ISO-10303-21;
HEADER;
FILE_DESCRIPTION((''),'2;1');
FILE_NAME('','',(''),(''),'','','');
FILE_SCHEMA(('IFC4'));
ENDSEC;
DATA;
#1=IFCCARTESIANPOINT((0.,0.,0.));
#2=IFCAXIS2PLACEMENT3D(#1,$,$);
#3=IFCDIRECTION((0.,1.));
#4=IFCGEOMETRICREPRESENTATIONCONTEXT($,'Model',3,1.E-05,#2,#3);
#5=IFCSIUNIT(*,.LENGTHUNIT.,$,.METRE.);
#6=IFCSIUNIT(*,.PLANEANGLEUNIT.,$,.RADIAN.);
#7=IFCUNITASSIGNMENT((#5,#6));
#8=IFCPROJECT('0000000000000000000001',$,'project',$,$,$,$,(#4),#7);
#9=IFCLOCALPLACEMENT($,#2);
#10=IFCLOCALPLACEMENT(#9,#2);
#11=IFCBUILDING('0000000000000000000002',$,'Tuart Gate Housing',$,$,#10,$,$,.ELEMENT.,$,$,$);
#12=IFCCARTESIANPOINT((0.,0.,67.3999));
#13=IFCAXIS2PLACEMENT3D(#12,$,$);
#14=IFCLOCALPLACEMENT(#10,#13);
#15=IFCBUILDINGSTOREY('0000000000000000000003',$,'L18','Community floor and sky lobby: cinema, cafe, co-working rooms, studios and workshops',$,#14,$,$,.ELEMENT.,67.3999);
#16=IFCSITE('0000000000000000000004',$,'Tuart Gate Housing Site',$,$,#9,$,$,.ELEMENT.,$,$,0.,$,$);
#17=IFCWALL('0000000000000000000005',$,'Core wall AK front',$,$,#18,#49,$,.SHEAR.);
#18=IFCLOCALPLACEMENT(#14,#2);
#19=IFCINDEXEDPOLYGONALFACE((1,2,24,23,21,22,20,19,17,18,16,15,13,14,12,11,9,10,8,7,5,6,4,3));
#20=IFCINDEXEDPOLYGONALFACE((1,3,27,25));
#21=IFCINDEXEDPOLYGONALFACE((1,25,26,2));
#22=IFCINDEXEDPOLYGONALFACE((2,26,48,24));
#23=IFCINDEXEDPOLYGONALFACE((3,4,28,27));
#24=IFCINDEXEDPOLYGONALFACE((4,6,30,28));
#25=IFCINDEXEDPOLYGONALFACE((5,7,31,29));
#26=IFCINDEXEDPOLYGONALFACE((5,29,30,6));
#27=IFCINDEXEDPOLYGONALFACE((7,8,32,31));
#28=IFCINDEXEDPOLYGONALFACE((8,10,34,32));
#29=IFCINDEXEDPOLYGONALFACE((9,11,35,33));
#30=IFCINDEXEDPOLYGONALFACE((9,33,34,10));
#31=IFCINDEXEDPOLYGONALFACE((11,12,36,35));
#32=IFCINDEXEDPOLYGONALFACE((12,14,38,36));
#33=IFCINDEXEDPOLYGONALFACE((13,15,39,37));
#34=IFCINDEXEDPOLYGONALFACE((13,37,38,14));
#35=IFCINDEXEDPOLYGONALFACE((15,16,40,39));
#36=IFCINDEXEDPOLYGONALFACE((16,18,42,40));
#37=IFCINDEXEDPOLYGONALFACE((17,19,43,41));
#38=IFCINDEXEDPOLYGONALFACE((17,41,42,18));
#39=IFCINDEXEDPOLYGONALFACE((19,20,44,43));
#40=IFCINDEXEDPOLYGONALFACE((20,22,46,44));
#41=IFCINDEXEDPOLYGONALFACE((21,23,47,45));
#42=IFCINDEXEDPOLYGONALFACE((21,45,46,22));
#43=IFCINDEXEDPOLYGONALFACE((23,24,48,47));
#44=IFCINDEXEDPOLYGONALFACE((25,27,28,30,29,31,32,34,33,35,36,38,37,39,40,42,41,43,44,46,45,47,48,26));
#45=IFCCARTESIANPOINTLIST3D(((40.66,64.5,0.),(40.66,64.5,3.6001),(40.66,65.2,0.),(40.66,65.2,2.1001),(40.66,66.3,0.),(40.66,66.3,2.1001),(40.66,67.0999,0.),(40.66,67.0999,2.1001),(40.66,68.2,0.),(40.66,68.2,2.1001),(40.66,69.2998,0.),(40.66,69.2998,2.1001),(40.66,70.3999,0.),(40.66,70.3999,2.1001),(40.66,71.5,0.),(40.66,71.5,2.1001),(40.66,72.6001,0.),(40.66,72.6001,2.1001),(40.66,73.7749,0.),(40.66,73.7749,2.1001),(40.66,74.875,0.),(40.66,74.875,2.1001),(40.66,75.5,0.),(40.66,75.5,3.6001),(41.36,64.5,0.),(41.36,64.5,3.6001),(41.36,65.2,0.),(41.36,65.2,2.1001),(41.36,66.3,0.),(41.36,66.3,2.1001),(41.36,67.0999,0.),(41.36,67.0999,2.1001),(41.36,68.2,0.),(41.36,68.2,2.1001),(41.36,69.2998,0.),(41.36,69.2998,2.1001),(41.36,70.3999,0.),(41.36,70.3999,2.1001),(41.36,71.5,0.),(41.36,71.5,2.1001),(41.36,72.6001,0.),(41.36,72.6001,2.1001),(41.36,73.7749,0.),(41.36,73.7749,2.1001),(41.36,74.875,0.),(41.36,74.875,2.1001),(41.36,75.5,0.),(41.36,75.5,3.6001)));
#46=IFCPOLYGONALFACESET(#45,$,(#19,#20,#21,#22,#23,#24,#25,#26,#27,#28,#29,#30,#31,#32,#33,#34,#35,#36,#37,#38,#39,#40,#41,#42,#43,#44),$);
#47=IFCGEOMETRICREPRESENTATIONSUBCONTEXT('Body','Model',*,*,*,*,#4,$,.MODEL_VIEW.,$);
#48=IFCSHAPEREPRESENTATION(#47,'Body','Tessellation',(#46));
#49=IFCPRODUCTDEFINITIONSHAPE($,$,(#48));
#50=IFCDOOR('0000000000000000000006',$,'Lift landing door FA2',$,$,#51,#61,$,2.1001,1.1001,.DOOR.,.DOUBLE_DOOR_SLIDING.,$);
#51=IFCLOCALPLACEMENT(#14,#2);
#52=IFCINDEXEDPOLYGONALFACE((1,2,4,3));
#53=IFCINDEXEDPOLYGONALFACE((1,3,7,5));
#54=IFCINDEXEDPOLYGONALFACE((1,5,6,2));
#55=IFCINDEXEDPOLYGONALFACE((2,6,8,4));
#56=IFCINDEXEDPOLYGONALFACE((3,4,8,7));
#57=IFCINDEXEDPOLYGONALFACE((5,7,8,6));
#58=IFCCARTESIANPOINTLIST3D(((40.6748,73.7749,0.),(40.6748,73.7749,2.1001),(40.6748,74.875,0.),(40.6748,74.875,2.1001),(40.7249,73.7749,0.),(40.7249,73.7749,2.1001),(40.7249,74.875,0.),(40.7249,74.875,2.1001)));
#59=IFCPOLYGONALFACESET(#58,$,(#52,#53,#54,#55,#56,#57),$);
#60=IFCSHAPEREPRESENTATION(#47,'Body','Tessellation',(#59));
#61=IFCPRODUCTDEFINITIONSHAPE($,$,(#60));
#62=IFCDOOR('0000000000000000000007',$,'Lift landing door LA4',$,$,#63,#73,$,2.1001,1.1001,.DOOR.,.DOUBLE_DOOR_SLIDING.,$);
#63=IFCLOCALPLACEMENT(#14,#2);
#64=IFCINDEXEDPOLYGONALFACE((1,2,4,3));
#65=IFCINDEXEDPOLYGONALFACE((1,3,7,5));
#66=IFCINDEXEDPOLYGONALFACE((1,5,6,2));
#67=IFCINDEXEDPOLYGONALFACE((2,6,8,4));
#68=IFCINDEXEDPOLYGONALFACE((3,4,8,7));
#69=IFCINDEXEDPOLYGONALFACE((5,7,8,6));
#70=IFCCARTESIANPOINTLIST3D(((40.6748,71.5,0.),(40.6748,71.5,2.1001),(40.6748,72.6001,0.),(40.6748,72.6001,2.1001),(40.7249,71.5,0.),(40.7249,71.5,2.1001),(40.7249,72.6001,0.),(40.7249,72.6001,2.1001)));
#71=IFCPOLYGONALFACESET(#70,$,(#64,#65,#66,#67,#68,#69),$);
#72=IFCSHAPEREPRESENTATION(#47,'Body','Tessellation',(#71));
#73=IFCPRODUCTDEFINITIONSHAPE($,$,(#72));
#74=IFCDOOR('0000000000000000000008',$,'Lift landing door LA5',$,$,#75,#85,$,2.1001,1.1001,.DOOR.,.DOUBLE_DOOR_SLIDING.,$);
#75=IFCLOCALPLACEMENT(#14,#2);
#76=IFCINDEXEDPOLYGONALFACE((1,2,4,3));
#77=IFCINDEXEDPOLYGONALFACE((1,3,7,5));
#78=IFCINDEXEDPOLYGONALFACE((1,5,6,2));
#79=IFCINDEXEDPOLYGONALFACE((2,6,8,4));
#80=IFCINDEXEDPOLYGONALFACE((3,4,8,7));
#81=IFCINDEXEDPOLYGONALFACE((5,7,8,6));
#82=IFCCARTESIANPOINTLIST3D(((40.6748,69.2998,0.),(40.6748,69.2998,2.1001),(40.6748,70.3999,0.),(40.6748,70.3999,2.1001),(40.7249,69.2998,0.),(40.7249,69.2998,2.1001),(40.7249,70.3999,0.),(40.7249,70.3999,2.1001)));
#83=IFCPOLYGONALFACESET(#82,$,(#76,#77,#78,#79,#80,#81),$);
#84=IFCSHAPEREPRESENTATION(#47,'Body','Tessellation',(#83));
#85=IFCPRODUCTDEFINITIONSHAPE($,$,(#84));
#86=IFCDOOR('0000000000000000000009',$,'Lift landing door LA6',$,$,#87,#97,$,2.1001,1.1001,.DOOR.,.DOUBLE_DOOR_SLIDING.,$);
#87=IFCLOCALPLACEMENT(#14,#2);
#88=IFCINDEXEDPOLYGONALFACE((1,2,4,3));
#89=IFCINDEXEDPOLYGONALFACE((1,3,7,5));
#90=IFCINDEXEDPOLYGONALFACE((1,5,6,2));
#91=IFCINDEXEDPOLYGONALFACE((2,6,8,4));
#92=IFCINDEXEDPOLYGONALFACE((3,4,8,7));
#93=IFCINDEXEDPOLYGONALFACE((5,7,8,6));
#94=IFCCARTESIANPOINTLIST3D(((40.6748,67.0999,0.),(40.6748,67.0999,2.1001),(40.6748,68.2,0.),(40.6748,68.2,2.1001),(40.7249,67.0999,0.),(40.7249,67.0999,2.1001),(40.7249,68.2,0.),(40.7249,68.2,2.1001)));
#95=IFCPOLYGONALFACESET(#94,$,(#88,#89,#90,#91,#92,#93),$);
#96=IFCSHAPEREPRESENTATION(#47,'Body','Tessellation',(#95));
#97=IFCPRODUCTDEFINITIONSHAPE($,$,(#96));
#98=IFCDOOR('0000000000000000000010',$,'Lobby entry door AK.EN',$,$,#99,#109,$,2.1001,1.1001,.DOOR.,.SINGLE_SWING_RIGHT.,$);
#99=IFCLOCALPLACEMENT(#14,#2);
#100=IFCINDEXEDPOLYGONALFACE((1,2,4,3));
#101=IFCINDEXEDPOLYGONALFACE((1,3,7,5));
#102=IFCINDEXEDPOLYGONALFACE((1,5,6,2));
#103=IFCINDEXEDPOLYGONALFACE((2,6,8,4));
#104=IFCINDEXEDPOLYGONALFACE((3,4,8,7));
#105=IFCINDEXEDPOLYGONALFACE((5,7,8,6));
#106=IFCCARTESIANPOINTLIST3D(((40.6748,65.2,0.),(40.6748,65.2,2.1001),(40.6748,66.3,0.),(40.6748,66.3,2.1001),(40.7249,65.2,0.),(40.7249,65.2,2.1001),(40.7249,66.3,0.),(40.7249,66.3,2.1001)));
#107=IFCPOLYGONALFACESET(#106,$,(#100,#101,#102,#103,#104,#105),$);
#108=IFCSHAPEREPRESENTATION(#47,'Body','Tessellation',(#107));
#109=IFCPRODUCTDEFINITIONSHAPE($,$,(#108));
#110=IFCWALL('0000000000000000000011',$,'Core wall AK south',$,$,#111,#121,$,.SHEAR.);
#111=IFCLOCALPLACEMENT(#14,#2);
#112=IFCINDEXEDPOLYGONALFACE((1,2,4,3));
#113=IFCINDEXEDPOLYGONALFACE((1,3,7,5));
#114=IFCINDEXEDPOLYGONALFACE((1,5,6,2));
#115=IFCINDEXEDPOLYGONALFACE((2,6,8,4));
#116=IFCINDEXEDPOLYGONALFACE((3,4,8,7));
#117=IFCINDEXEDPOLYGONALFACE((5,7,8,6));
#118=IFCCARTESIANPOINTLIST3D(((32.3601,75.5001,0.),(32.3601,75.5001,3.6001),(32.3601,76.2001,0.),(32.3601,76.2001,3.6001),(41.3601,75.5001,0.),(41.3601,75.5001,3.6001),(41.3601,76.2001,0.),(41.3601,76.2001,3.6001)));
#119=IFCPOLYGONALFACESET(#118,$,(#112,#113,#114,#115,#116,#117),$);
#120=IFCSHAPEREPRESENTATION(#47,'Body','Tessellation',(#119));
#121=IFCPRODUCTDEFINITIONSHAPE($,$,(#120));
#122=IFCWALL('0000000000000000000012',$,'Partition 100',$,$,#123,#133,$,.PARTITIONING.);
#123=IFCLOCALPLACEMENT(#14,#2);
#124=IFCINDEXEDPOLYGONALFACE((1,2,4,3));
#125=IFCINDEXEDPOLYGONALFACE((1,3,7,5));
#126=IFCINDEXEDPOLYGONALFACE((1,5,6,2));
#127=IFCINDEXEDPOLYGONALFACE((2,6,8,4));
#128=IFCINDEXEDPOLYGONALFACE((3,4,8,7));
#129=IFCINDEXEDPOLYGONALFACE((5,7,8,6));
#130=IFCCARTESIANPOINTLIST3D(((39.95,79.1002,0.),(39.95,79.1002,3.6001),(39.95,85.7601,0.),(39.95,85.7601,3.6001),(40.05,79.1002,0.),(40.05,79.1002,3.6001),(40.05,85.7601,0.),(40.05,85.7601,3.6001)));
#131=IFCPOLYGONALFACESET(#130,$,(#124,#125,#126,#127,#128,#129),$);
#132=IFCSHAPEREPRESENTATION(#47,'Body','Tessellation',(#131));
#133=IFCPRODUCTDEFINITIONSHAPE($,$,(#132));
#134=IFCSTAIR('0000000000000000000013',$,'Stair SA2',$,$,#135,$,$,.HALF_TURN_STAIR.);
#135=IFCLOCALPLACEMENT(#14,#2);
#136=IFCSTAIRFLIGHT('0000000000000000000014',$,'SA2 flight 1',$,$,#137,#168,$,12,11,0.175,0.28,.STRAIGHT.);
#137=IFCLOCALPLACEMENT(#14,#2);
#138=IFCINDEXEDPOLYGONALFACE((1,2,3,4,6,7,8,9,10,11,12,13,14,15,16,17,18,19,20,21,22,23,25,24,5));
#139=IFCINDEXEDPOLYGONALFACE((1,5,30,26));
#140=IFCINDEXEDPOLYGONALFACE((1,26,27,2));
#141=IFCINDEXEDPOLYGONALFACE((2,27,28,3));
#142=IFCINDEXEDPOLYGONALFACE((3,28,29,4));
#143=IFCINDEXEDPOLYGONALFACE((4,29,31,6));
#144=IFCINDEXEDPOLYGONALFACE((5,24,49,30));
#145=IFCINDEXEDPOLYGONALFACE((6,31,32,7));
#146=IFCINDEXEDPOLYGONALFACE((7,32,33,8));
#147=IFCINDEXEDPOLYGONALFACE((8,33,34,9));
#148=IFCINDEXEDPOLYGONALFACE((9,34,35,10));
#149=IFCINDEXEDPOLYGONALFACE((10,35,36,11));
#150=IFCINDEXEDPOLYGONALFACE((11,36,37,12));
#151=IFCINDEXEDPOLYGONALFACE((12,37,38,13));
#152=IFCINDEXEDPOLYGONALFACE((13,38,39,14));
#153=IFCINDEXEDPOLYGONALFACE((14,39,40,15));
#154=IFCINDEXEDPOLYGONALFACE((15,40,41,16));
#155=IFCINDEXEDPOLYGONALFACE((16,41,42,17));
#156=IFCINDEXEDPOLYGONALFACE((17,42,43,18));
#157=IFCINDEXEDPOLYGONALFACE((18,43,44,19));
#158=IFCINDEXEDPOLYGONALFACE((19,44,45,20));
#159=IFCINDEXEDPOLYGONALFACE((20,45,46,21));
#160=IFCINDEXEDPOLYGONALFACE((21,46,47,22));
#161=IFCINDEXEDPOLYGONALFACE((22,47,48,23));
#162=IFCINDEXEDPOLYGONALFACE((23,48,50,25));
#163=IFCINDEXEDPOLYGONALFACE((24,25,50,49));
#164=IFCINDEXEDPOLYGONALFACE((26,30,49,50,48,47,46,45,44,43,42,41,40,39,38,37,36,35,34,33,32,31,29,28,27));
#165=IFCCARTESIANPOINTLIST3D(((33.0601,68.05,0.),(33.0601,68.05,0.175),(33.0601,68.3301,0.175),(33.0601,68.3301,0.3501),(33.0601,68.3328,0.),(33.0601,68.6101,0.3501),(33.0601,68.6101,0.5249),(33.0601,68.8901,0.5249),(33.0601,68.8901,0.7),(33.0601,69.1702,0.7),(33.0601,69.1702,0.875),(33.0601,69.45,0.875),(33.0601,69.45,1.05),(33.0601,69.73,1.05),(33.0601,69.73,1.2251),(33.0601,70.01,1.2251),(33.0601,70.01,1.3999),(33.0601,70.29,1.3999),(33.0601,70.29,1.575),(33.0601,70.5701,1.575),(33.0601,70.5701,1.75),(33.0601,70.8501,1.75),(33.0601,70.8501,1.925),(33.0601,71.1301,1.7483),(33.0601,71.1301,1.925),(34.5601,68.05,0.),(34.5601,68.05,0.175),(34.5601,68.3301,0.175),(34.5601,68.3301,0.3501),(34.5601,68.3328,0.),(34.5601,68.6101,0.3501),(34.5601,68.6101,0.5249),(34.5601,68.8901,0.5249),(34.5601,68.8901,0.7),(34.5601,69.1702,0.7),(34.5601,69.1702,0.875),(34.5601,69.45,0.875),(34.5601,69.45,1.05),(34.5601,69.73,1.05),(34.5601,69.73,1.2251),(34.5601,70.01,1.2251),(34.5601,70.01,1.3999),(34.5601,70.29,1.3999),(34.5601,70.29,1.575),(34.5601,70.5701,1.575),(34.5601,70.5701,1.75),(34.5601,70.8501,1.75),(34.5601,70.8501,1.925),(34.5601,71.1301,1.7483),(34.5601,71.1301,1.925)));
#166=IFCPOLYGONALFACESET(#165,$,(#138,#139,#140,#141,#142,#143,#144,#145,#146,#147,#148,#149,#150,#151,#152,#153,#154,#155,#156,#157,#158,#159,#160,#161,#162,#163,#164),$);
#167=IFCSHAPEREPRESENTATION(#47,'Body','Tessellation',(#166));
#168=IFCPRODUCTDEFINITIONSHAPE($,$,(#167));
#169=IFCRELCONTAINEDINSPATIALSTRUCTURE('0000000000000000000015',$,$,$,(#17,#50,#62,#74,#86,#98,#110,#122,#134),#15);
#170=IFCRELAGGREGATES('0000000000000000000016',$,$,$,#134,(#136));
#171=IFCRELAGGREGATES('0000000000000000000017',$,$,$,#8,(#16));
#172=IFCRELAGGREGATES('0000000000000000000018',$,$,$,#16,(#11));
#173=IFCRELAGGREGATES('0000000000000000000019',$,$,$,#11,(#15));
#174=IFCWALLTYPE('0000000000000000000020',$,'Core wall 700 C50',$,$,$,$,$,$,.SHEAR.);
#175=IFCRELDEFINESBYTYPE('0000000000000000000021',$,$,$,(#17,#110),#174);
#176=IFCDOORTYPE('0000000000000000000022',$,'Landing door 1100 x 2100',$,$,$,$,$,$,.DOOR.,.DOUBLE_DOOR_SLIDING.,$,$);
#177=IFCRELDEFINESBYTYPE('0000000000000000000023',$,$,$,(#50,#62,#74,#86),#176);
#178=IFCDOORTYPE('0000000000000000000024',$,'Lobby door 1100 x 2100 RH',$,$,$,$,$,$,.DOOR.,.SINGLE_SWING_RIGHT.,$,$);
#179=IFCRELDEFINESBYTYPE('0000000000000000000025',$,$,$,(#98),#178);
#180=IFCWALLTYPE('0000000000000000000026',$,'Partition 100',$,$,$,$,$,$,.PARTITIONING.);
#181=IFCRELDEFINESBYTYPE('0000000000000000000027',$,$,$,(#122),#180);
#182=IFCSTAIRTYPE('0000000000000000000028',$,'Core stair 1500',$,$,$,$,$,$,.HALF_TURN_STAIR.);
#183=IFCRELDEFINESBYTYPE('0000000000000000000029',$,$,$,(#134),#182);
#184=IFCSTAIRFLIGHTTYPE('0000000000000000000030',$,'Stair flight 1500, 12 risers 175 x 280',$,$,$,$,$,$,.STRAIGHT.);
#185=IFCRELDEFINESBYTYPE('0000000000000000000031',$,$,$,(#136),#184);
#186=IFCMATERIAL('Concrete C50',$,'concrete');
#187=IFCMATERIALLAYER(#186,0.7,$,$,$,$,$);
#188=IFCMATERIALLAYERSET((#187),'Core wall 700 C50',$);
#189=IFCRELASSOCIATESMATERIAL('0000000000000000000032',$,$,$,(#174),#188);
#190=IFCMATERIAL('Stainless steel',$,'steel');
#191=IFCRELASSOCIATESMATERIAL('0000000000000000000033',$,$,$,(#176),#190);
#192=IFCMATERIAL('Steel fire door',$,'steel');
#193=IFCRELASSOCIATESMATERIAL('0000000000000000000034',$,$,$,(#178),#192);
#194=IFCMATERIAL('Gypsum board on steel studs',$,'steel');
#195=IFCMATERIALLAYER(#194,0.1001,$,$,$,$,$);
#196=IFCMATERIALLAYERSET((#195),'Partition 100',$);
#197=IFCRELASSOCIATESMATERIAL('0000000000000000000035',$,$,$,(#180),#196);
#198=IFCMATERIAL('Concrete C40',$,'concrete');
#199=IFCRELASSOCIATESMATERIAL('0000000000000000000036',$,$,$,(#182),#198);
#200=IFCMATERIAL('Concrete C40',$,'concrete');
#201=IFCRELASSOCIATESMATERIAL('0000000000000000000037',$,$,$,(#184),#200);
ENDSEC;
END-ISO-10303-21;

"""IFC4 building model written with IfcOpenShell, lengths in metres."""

from ifc_helpers import new_model, si_unit, direction, frame, frame_2d, origin, place, context, subcontext, project, spatial, polyline, rectangle, outline, extrude, material, layer, layer_set, type_object, element, fill, aggregate, save


model = new_model("IFC4")

# Units and contexts
model_context = context("Model", 3, precision=1e-05, world=origin(), true_north=direction((0.0, 1.0)))
body_context = subcontext(model_context, "Body", "Model", "MODEL_VIEW")
ifc_project = project(units=[si_unit("LENGTHUNIT", "METRE"), si_unit("PLANEANGLEUNIT", "RADIAN")], contexts=[model_context])

# Site, building, storey
site_placement = place(None, origin())
site = spatial("IfcSite", under=ifc_project, at=site_placement, Name="Tuart Gate Housing Site", CompositionType="ELEMENT", RefElevation=0.0)
building_placement = place(site_placement, origin())
building = spatial("IfcBuilding", under=site, at=building_placement, Name="Tuart Gate Housing", CompositionType="ELEMENT")
storey_placement = place(building_placement, frame((0.0, 0.0, 67.3999)))
storey = spatial("IfcBuildingStorey", under=building, at=storey_placement, Name="L18", Description="Community floor and sky lobby: cinema, cafe, co-working rooms, studios and workshops", CompositionType="ELEMENT", Elevation=67.3999)

# Wall, openings, doors
ifc_material_1 = material(Name="Concrete C50", Category="concrete")
ifc_layer_1 = layer(ifc_material_1, 0.7)
ifc_layer_set_1 = layer_set([ifc_layer_1], Name="Core wall 700 C50")
wall_type_1 = type_object("IfcWallType", Name="Core wall 700 C50", PredefinedType="SHEAR", material=ifc_layer_set_1)
wall_1_placement = place(storey_placement, frame((41.01, 75.5, 0.0), z_axis=(0.0, 0.0, 1.0), x_axis=(0.0, -1.0, 0.0)))
wall_1 = element("IfcWall", 1, at=wall_1_placement, inside=storey, type_object=wall_type_1, Name="Core wall AK front", PredefinedType="SHEAR", context=body_context, shape_type="SweptSolid", body=[
    extrude(rectangle(XDim=11.0, YDim=0.7, at=frame_2d((5.5, 0.0))), origin(), (0.0, 0.0, 1.0), 3.6001),
])
opening_1_placement = place(wall_1_placement, frame((0.625, 0.0, 0.0)))
opening_1 = element("IfcOpeningElement", 2, at=opening_1_placement, cuts=wall_1, PredefinedType="OPENING", context=body_context, shape_type="SweptSolid", body=[
    extrude(rectangle(XDim=1.1001, YDim=2.1001, at=frame_2d((0.55, 1.05))), frame((0.0, 0.3599, 0.0), z_axis=(0.0, -1.0, 0.0), x_axis=(1.0, 0.0, 0.0)), (0.0, 0.0, 1.0), 0.72),
])
opening_2_placement = place(wall_1_placement, frame((2.8999, 0.0, 0.0)))
opening_2 = element("IfcOpeningElement", 3, at=opening_2_placement, cuts=wall_1, PredefinedType="OPENING", context=body_context, shape_type="SweptSolid", body=[
    extrude(rectangle(XDim=1.1001, YDim=2.1001, at=frame_2d((0.55, 1.05))), frame((0.0, 0.3599, 0.0), z_axis=(0.0, -1.0, 0.0), x_axis=(1.0, 0.0, 0.0)), (0.0, 0.0, 1.0), 0.72),
])
opening_3_placement = place(wall_1_placement, frame((5.1001, 0.0, 0.0)))
opening_3 = element("IfcOpeningElement", 4, at=opening_3_placement, cuts=wall_1, PredefinedType="OPENING", context=body_context, shape_type="SweptSolid", body=[
    extrude(rectangle(XDim=1.1001, YDim=2.1001, at=frame_2d((0.55, 1.05))), frame((0.0, 0.3599, 0.0), z_axis=(0.0, -1.0, 0.0), x_axis=(1.0, 0.0, 0.0)), (0.0, 0.0, 1.0), 0.72),
])
opening_4_placement = place(wall_1_placement, frame((7.3, 0.0, 0.0)))
opening_4 = element("IfcOpeningElement", 5, at=opening_4_placement, cuts=wall_1, PredefinedType="OPENING", context=body_context, shape_type="SweptSolid", body=[
    extrude(rectangle(XDim=1.1001, YDim=2.1001, at=frame_2d((0.55, 1.05))), frame((0.0, 0.3599, 0.0), z_axis=(0.0, -1.0, 0.0), x_axis=(1.0, 0.0, 0.0)), (0.0, 0.0, 1.0), 0.72),
])
opening_5_placement = place(wall_1_placement, frame((9.2, 0.0, 0.0)))
opening_5 = element("IfcOpeningElement", 6, at=opening_5_placement, cuts=wall_1, PredefinedType="OPENING", context=body_context, shape_type="SweptSolid", body=[
    extrude(rectangle(XDim=1.1001, YDim=2.1001, at=frame_2d((0.55, 1.05))), frame((0.0, 0.3599, 0.0), z_axis=(0.0, -1.0, 0.0), x_axis=(1.0, 0.0, 0.0)), (0.0, 0.0, 1.0), 0.72),
])
ifc_material_2 = material(Name="Stainless steel", Category="steel")
door_type_1 = type_object("IfcDoorType", Name="Landing door 1100 x 2100", OperationType="DOUBLE_DOOR_SLIDING", PredefinedType="DOOR", material=ifc_material_2)
door_1_placement = place(opening_1_placement, origin())
door_1 = element("IfcDoor", 7, at=door_1_placement, inside=storey, type_object=door_type_1, Name="Lift landing door FA2", OperationType="DOUBLE_DOOR_SLIDING", OverallHeight=2.1001, OverallWidth=1.1001, PredefinedType="DOOR", context=body_context, shape_type="SweptSolid", body=[
    extrude(rectangle(XDim=1.1001, YDim=2.1001, at=frame_2d((0.55, 1.05))), frame((0.0, -0.2852, 0.0), z_axis=(0.0, -1.0, 0.0), x_axis=(1.0, 0.0, 0.0)), (0.0, 0.0, 1.0), 0.05),
])
fill(opening_1, door_1)
door_2_placement = place(opening_2_placement, origin())
door_2 = element("IfcDoor", 8, at=door_2_placement, inside=storey, type_object=door_type_1, Name="Lift landing door LA4", OperationType="DOUBLE_DOOR_SLIDING", OverallHeight=2.1001, OverallWidth=1.1001, PredefinedType="DOOR", context=body_context, shape_type="SweptSolid", body=[
    extrude(rectangle(XDim=1.1001, YDim=2.1001, at=frame_2d((0.55, 1.05))), frame((0.0, -0.2852, 0.0), z_axis=(0.0, -1.0, 0.0), x_axis=(1.0, 0.0, 0.0)), (0.0, 0.0, 1.0), 0.05),
])
fill(opening_2, door_2)
door_3_placement = place(opening_3_placement, origin())
door_3 = element("IfcDoor", 9, at=door_3_placement, inside=storey, type_object=door_type_1, Name="Lift landing door LA5", OperationType="DOUBLE_DOOR_SLIDING", OverallHeight=2.1001, OverallWidth=1.1001, PredefinedType="DOOR", context=body_context, shape_type="SweptSolid", body=[
    extrude(rectangle(XDim=1.1001, YDim=2.1001, at=frame_2d((0.55, 1.05))), frame((0.0, -0.2852, 0.0), z_axis=(0.0, -1.0, 0.0), x_axis=(1.0, 0.0, 0.0)), (0.0, 0.0, 1.0), 0.05),
])
fill(opening_3, door_3)
door_4_placement = place(opening_4_placement, origin())
door_4 = element("IfcDoor", 10, at=door_4_placement, inside=storey, type_object=door_type_1, Name="Lift landing door LA6", OperationType="DOUBLE_DOOR_SLIDING", OverallHeight=2.1001, OverallWidth=1.1001, PredefinedType="DOOR", context=body_context, shape_type="SweptSolid", body=[
    extrude(rectangle(XDim=1.1001, YDim=2.1001, at=frame_2d((0.55, 1.05))), frame((0.0, -0.2852, 0.0), z_axis=(0.0, -1.0, 0.0), x_axis=(1.0, 0.0, 0.0)), (0.0, 0.0, 1.0), 0.05),
])
fill(opening_4, door_4)
ifc_material_3 = material(Name="Steel fire door", Category="steel")
door_type_2 = type_object("IfcDoorType", Name="Lobby door 1100 x 2100 RH", OperationType="SINGLE_SWING_RIGHT", PredefinedType="DOOR", material=ifc_material_3)
door_5_placement = place(opening_5_placement, frame((1.1001, 0.0, 0.0), z_axis=(0.0, 0.0, 1.0), x_axis=(-1.0, 0.0, 0.0)))
door_5 = element("IfcDoor", 11, at=door_5_placement, inside=storey, type_object=door_type_2, Name="Lobby entry door AK.EN", OperationType="SINGLE_SWING_RIGHT", OverallHeight=2.1001, OverallWidth=1.1001, PredefinedType="DOOR", context=body_context, shape_type="SweptSolid", body=[
    extrude(rectangle(XDim=1.1001, YDim=2.1001, at=frame_2d((0.55, 1.05))), frame((0.0, 0.3352, 0.0), z_axis=(0.0, -1.0, 0.0), x_axis=(1.0, 0.0, 0.0)), (0.0, 0.0, 1.0), 0.05),
])
fill(opening_5, door_5)

# Walls
wall_2_placement = place(storey_placement, frame((41.3601, 75.8501, 0.0), z_axis=(0.0, 0.0, 1.0), x_axis=(-1.0, 0.0, 0.0)))
element("IfcWall", 12, at=wall_2_placement, inside=storey, type_object=wall_type_1, Name="Core wall AK south", PredefinedType="SHEAR", context=body_context, shape_type="SweptSolid", body=[
    extrude(rectangle(XDim=9.0, YDim=0.7, at=frame_2d((4.5, 0.0))), origin(), (0.0, 0.0, 1.0), 3.6001),
])
ifc_material_4 = material(Name="Gypsum board on steel studs", Category="steel")
ifc_layer_2 = layer(ifc_material_4, 0.1001)
ifc_layer_set_2 = layer_set([ifc_layer_2], Name="Partition 100")
wall_type_2 = type_object("IfcWallType", Name="Partition 100", PredefinedType="PARTITIONING", material=ifc_layer_set_2)
wall_3_placement = place(storey_placement, frame((40.0, 79.1001, 0.0), z_axis=(0.0, 0.0, 1.0), x_axis=(0.0, 1.0, 0.0)))
element("IfcWall", 13, at=wall_3_placement, inside=storey, type_object=wall_type_2, Name="Partition 100", PredefinedType="PARTITIONING", context=body_context, shape_type="SweptSolid", body=[
    extrude(rectangle(XDim=6.6599, YDim=0.1001, at=frame_2d((3.3301, 0.0))), origin(), (0.0, 0.0, 1.0), 3.6001),
])

# Stair, stair flight
ifc_material_5 = material(Name="Concrete C40", Category="concrete")
stair_type = type_object("IfcStairType", Name="Core stair 1500", PredefinedType="HALF_TURN_STAIR", material=ifc_material_5)
stair_placement = place(storey_placement, origin())
stair = element("IfcStair", 14, at=stair_placement, inside=storey, type_object=stair_type, Name="Stair SA2", PredefinedType="HALF_TURN_STAIR")
ifc_material_6 = material(Name="Concrete C40", Category="concrete")
stair_flight_type = type_object("IfcStairFlightType", Name="Stair flight 1500, 12 risers 175 x 280", PredefinedType="STRAIGHT", material=ifc_material_6)
stair_flight_1_placement = place(storey_placement, frame((33.8101, 68.05, 0.0), z_axis=(0.0, 0.0, 1.0), x_axis=(0.0, 1.0, 0.0)))
stair_flight_1 = element("IfcStairFlight", 15, at=stair_flight_1_placement, type_object=stair_flight_type, Name="SA2 flight 1", NumberOfRisers=12, NumberOfTreads=11, PredefinedType="STRAIGHT", RiserHeight=0.175, TreadLength=0.28, context=body_context, shape_type="SweptSolid", body=[
    extrude(outline(polyline([(0.0, 0.0), (0.0, 0.175), (0.28, 0.175), (0.28, 0.3501), (0.5601, 0.3501), (0.5601, 0.5249), (0.8401, 0.5249), (0.8401, 0.7), (1.1201, 0.7), (1.1201, 0.875), (1.3999, 0.875), (1.3999, 1.05), (1.6799, 1.05), (1.6799, 1.2251), (1.96, 1.2251), (1.96, 1.3999), (2.24, 1.3999), (2.24, 1.575), (2.52, 1.575), (2.52, 1.75), (2.8, 1.75), (2.8, 1.925), (3.0801, 1.925), (3.0801, 2.1001), (3.0801, 1.7483), (0.2827, 0.0), (0.0, 0.0)])), frame((0.0, 0.75, 0.0), z_axis=(0.0, -1.0, 0.0), x_axis=(1.0, 0.0, 0.0)), (0.0, 0.0, 1.0), 1.5),
])
aggregate(stair, [stair_flight_1])

save(model, "model.ifc")
